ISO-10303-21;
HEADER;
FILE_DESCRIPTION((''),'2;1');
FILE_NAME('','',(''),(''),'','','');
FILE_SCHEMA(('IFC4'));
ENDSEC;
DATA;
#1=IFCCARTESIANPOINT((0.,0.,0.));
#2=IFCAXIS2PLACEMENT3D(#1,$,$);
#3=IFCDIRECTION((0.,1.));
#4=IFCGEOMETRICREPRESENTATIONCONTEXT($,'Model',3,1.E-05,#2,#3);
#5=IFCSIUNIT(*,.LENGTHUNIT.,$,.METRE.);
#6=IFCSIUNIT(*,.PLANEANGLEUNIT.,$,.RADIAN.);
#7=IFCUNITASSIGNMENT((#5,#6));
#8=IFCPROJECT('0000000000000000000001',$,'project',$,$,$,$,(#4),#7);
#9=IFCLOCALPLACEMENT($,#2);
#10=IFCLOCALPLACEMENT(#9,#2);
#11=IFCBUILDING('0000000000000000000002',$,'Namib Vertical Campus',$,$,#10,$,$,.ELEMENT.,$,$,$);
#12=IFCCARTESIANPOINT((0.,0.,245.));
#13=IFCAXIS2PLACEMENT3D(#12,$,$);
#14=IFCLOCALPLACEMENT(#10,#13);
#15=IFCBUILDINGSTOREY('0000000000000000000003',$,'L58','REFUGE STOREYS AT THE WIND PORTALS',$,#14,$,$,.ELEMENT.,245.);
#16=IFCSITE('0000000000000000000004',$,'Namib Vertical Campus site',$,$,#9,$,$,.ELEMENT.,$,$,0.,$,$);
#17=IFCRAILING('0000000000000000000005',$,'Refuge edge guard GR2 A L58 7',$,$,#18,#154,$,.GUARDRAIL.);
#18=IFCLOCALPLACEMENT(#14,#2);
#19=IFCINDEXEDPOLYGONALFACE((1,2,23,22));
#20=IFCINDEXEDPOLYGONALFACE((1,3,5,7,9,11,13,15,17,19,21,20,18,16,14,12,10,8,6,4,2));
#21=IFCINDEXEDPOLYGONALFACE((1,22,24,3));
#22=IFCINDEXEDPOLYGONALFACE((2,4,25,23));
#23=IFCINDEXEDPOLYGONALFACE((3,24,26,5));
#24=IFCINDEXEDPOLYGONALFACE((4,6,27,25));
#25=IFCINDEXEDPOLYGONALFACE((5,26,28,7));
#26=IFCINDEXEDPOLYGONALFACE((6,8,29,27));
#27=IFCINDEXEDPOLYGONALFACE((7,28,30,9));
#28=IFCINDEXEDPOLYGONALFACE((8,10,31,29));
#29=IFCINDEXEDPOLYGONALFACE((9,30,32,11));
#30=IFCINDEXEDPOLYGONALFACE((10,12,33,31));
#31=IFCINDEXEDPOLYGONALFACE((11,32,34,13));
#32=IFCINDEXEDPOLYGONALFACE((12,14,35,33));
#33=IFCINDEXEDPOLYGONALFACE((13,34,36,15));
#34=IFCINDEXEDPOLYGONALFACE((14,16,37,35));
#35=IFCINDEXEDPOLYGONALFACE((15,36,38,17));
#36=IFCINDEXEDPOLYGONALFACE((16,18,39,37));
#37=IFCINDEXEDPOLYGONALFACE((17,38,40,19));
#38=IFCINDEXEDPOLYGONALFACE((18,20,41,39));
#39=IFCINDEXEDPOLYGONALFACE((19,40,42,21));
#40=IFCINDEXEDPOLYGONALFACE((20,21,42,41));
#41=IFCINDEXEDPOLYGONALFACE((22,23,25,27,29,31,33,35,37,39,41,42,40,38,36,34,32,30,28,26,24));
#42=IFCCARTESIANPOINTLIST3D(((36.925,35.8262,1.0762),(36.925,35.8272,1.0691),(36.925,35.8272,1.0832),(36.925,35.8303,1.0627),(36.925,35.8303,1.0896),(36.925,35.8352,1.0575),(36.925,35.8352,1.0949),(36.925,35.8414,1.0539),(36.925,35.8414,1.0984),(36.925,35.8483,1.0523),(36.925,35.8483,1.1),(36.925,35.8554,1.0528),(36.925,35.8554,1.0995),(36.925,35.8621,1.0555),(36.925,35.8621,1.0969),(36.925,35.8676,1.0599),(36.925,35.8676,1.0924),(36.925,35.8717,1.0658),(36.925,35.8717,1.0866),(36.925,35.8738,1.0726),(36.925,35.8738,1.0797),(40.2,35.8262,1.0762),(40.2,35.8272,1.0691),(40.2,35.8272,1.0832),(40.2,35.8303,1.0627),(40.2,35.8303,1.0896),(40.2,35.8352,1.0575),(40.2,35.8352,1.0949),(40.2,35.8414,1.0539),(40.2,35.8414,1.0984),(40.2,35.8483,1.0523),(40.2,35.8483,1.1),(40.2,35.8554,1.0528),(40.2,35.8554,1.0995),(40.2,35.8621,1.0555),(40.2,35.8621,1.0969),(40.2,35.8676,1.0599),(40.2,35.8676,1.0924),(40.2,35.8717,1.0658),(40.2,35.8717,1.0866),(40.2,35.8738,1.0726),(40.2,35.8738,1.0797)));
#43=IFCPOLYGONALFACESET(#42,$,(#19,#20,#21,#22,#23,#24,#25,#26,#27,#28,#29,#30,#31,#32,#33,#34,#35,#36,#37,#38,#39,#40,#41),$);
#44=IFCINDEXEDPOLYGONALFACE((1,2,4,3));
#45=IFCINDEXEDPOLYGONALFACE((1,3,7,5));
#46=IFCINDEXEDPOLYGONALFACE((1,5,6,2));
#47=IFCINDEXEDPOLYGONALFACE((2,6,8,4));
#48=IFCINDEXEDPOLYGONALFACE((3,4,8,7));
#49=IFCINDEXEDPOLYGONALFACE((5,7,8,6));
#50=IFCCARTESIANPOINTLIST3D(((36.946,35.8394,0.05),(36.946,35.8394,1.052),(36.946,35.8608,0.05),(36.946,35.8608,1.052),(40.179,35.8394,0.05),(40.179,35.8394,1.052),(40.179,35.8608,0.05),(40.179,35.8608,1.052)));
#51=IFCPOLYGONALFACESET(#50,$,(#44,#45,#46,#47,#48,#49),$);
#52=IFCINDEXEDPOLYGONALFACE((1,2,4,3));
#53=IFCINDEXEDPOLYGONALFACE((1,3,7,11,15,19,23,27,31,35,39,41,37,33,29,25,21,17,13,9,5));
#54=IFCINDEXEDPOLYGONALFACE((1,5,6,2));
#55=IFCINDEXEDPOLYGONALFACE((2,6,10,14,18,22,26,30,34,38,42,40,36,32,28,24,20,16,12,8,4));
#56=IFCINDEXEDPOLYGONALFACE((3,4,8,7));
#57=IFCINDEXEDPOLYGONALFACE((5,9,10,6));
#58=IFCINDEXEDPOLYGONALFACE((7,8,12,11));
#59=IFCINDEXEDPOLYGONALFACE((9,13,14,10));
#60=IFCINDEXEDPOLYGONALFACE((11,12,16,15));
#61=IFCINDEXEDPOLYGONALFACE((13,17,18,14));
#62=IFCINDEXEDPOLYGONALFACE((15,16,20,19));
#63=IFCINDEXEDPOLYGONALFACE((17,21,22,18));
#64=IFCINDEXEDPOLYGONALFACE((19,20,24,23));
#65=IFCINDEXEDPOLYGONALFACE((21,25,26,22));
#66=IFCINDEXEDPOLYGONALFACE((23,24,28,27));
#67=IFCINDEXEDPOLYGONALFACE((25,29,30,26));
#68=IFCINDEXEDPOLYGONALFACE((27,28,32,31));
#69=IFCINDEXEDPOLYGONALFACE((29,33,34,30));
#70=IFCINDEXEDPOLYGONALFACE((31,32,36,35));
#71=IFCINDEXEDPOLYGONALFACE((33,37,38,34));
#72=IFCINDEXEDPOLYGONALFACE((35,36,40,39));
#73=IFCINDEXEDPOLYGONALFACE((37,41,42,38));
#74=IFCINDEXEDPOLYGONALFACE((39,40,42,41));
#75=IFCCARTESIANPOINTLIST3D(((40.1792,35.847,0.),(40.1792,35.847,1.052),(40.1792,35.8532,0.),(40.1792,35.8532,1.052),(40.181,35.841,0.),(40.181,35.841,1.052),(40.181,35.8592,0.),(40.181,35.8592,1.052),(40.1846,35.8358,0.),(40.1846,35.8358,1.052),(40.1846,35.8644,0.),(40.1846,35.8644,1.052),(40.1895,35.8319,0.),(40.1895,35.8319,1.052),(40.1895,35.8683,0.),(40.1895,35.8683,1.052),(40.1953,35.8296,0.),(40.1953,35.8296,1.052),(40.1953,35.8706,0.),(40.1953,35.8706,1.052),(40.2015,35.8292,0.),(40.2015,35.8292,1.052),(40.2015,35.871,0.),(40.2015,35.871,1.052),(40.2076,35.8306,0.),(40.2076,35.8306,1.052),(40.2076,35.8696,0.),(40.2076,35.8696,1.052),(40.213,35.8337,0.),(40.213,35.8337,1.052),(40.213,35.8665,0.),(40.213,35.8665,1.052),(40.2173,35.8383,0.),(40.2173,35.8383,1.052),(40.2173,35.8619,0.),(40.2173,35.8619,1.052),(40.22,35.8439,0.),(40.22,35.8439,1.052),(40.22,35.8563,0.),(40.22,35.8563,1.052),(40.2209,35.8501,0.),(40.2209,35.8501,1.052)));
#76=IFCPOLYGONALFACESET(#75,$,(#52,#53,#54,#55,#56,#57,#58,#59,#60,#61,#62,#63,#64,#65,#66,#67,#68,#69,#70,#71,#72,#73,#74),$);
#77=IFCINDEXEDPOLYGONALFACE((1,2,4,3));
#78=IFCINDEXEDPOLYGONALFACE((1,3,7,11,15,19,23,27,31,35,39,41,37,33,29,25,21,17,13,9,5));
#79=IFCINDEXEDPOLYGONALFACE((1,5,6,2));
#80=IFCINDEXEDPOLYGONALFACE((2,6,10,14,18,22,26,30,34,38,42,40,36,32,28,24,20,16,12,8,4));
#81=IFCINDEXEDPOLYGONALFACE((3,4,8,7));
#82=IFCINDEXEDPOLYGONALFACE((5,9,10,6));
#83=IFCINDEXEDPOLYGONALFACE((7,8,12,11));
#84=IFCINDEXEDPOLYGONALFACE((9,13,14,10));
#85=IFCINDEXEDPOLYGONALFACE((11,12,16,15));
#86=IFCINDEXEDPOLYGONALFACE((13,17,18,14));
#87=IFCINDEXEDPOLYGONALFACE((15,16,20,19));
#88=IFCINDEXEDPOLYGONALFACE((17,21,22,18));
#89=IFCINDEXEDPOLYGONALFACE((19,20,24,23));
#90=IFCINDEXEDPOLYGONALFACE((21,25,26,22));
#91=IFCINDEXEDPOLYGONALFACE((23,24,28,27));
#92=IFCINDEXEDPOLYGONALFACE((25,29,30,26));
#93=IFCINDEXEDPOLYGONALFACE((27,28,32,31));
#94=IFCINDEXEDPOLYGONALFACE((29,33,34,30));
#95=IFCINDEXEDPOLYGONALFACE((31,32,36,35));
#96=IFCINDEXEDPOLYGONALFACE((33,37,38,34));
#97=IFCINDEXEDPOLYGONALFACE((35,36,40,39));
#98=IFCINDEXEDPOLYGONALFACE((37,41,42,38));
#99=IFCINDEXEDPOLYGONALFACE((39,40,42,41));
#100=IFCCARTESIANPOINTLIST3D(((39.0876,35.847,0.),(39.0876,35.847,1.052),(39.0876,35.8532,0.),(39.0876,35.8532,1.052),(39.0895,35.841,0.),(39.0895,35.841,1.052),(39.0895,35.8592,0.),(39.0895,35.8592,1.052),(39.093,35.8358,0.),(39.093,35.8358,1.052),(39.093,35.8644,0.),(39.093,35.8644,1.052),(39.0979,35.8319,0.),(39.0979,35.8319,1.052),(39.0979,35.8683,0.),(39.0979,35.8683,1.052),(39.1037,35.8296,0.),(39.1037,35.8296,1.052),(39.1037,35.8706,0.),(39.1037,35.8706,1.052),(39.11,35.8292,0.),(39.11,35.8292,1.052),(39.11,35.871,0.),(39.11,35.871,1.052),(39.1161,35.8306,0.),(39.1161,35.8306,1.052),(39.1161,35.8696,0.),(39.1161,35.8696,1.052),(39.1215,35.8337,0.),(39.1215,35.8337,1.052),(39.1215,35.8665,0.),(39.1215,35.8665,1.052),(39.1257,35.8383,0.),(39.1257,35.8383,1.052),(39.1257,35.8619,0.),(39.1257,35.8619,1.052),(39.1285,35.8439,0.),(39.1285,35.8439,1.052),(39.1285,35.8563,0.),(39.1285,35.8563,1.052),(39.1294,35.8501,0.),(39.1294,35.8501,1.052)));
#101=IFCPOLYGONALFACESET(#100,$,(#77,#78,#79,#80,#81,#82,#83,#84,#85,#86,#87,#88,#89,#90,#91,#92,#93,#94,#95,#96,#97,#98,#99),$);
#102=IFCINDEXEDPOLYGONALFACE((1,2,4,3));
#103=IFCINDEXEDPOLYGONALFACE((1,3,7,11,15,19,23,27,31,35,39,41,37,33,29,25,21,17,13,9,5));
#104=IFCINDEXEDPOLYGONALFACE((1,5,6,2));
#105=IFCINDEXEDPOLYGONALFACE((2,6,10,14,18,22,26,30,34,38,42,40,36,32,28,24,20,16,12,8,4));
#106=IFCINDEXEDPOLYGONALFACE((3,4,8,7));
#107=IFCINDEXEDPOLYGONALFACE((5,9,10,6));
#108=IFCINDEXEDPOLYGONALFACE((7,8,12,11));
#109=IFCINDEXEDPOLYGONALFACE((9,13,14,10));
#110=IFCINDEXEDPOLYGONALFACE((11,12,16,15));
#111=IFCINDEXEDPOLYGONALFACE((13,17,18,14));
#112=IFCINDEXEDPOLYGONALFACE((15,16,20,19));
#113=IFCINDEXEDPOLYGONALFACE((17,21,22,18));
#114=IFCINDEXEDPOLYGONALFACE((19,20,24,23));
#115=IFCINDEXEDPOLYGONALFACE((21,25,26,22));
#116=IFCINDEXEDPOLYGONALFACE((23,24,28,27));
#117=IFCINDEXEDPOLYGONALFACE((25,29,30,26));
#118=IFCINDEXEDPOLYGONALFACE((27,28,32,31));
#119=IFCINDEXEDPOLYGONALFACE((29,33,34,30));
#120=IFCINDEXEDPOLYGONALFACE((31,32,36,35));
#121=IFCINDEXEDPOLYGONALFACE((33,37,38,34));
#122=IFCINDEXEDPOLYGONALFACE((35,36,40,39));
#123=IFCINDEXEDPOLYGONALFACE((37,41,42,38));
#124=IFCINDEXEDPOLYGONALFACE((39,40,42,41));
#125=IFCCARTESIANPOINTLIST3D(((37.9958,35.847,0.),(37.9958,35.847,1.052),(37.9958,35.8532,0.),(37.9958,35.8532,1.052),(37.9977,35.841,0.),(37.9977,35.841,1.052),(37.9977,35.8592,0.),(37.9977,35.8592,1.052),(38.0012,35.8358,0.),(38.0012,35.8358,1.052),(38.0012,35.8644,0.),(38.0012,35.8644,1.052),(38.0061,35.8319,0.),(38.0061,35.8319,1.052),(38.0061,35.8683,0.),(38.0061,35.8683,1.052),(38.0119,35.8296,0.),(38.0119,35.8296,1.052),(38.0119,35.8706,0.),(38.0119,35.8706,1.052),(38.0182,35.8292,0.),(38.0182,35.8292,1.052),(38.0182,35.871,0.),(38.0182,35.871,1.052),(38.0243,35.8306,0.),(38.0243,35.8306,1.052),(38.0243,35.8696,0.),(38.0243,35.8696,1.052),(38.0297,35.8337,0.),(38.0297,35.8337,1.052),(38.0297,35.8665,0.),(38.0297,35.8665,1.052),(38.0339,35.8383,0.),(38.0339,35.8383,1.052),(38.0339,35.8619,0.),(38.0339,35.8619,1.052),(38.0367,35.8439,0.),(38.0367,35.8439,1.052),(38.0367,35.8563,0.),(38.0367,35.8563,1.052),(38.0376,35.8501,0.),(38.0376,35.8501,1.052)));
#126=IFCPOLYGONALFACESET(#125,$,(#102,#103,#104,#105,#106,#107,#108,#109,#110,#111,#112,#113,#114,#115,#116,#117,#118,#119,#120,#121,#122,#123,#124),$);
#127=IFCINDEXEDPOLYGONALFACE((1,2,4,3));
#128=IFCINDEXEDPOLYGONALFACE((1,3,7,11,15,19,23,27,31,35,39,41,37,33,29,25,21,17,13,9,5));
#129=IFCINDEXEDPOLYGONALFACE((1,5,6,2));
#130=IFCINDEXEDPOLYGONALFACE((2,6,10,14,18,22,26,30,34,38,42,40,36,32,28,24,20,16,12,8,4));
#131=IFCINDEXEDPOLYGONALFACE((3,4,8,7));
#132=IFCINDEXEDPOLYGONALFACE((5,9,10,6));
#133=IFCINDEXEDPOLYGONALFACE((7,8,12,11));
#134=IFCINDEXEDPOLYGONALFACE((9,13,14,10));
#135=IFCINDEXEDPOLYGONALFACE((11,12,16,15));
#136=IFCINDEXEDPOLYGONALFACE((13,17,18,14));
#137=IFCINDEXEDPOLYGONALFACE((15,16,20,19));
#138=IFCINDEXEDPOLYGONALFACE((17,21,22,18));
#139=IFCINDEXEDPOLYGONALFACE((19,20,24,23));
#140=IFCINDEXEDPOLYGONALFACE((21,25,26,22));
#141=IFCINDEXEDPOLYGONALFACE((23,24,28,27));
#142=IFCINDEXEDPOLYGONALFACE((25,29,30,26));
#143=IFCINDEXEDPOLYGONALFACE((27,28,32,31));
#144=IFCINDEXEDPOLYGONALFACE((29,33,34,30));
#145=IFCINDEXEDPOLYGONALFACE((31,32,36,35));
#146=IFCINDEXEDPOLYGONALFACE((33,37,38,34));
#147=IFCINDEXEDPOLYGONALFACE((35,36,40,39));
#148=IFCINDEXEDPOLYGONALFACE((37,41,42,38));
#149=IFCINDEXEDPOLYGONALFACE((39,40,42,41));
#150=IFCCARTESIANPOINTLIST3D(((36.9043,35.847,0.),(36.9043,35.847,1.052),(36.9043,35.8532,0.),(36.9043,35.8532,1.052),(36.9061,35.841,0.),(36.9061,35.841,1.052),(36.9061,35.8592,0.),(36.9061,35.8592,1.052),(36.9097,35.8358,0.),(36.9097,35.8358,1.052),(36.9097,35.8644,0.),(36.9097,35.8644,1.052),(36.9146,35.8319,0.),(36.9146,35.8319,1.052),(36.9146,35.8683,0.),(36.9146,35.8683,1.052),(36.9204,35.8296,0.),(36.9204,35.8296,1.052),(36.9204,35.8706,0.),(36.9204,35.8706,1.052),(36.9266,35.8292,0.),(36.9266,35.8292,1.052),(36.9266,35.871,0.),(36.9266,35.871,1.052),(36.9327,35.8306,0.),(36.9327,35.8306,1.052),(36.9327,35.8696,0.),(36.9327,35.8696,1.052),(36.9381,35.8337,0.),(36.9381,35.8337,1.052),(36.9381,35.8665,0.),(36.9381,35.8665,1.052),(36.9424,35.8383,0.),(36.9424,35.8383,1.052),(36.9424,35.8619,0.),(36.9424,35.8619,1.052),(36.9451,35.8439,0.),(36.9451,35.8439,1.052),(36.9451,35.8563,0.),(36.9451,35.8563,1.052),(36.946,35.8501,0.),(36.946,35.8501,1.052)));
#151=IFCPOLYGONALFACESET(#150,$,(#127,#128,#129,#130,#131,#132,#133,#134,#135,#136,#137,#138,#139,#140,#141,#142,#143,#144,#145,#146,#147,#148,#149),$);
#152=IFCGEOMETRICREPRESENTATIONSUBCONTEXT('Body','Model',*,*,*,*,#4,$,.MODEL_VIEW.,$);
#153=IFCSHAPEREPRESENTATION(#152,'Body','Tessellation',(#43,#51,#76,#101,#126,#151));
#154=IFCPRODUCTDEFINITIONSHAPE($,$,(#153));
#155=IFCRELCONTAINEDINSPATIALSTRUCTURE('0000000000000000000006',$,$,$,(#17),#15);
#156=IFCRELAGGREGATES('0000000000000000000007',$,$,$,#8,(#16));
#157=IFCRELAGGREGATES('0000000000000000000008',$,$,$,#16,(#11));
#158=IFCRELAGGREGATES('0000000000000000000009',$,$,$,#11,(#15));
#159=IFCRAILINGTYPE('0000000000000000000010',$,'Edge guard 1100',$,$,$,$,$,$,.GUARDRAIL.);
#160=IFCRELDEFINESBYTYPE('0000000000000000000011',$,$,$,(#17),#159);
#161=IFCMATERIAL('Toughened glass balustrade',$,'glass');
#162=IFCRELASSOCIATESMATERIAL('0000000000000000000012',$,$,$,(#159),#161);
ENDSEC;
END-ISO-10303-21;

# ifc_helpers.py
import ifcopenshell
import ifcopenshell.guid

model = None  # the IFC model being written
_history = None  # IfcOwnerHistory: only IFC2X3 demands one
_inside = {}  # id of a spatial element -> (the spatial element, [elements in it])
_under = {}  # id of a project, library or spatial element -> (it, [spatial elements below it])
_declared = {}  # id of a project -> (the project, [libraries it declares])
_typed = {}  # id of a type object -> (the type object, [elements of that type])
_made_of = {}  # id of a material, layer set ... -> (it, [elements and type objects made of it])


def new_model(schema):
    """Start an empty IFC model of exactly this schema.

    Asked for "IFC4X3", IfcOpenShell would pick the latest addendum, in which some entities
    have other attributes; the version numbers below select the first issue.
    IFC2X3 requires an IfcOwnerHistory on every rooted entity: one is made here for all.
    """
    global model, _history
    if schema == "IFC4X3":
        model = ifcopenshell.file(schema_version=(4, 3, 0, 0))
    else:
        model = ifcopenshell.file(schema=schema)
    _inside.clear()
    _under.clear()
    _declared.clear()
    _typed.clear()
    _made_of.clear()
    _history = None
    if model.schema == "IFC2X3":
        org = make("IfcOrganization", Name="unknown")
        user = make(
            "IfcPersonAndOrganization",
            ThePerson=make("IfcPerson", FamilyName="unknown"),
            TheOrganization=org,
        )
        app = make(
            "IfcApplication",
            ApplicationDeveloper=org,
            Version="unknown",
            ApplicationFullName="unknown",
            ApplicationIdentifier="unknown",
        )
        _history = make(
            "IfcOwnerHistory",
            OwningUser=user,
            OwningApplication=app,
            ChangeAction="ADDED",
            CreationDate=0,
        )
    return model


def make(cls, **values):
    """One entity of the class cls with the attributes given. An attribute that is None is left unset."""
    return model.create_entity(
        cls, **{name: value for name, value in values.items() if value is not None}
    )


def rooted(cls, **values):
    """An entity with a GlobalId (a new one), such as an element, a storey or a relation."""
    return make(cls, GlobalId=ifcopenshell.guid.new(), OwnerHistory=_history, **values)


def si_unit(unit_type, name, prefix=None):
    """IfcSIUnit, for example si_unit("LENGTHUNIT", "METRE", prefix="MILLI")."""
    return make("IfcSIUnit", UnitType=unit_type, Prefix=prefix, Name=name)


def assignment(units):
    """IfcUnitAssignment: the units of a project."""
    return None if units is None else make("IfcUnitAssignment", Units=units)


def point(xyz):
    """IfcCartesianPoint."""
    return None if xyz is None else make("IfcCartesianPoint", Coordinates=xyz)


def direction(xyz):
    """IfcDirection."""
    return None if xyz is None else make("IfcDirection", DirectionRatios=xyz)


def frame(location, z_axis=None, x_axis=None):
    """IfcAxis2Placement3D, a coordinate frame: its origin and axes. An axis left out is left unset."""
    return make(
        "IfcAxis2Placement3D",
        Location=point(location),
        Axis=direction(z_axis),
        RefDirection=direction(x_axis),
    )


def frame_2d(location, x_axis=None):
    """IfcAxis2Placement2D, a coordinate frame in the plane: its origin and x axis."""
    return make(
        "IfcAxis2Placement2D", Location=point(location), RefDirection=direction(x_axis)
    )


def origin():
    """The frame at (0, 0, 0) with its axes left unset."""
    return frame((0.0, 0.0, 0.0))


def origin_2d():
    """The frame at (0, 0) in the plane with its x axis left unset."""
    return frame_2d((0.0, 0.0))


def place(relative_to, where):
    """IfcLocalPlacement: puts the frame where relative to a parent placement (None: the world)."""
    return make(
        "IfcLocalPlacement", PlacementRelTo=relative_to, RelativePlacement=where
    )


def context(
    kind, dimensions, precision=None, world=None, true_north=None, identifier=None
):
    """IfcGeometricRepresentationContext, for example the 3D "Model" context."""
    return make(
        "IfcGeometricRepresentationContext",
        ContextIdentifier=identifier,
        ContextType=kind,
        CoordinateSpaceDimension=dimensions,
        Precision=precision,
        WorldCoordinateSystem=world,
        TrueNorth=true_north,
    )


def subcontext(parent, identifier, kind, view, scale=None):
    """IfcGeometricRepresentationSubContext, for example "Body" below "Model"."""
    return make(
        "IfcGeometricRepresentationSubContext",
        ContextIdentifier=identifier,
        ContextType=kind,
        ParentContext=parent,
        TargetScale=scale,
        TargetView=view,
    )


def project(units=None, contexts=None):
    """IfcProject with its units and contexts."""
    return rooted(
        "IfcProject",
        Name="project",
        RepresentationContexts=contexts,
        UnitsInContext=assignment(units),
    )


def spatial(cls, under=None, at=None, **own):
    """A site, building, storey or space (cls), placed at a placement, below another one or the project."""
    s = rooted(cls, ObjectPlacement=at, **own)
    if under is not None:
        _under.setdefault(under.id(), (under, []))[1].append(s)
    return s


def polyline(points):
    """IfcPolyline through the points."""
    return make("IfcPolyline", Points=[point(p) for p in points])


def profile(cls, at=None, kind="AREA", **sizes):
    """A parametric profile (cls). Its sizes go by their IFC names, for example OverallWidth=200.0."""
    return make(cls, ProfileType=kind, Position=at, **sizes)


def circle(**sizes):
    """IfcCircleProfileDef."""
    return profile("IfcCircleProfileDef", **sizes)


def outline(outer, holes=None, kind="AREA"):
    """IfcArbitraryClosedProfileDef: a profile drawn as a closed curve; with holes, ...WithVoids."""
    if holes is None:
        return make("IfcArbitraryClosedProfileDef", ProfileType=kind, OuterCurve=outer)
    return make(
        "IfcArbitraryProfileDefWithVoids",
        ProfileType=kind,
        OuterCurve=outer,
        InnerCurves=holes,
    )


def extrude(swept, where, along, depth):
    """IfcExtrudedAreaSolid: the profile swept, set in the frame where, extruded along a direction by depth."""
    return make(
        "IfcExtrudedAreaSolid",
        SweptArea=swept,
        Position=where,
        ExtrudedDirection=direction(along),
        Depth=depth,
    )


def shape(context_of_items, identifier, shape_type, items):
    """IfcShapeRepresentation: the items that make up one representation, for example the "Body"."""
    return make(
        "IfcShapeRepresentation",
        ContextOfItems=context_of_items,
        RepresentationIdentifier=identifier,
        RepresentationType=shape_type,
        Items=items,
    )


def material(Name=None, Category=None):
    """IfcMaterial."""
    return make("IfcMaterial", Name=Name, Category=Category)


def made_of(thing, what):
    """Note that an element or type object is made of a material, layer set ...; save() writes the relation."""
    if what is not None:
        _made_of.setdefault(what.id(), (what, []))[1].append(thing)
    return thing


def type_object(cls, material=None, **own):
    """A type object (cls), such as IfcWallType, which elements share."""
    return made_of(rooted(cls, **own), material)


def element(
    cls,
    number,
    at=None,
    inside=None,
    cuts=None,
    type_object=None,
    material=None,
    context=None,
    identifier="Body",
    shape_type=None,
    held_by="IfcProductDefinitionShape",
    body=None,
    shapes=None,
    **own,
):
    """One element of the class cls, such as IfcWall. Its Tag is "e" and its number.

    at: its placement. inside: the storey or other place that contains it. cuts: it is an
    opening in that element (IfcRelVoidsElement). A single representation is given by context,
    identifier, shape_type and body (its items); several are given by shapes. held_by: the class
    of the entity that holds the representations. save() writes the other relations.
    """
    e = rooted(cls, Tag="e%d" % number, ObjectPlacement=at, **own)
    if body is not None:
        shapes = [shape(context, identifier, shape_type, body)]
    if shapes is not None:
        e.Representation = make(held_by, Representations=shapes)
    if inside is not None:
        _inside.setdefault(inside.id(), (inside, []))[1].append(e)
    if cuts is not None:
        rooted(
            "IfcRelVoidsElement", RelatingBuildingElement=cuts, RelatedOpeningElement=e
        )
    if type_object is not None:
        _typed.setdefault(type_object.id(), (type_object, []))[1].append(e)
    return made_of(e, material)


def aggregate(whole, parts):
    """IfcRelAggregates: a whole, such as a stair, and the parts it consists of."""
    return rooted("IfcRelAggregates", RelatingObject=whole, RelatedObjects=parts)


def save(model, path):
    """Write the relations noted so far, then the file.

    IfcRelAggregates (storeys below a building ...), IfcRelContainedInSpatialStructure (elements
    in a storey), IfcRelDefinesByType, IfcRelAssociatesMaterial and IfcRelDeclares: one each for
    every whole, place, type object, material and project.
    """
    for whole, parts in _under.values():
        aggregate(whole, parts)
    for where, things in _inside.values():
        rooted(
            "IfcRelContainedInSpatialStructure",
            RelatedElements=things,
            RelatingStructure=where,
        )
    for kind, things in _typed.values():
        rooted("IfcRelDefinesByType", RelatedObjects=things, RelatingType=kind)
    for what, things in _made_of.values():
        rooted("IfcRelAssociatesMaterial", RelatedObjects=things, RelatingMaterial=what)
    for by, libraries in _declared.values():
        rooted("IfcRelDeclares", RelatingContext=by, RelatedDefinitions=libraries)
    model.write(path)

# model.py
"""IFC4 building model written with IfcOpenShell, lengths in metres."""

from ifc_helpers import new_model, si_unit, direction, frame, origin, origin_2d, place, context, subcontext, project, spatial, polyline, circle, outline, extrude, material, type_object, element, save


model = new_model("IFC4")

# Units and contexts
model_context = context("Model", 3, precision=1e-05, world=origin(), true_north=direction((0.0, 1.0)))
body_context = subcontext(model_context, "Body", "Model", "MODEL_VIEW")
ifc_project = project(units=[si_unit("LENGTHUNIT", "METRE"), si_unit("PLANEANGLEUNIT", "RADIAN")], contexts=[model_context])

# Site, building, storey
site_placement = place(None, origin())
site = spatial("IfcSite", under=ifc_project, at=site_placement, Name="Namib Vertical Campus site", CompositionType="ELEMENT", RefElevation=0.0)
building_placement = place(site_placement, origin())
building = spatial("IfcBuilding", under=site, at=building_placement, Name="Namib Vertical Campus", CompositionType="ELEMENT")
storey_placement = place(building_placement, frame((0.0, 0.0, 245.0)))
storey = spatial("IfcBuildingStorey", under=building, at=storey_placement, Name="L58", Description="REFUGE STOREYS AT THE WIND PORTALS", CompositionType="ELEMENT", Elevation=245.0)

# Railing
ifc_material_1 = material(Name="Toughened glass balustrade", Category="glass")
railing_type = type_object("IfcRailingType", Name="Edge guard 1100", PredefinedType="GUARDRAIL", material=ifc_material_1)
railing_1_placement = place(storey_placement, frame((40.2, 35.8501, 0.0)))
element("IfcRailing", 1, at=railing_1_placement, inside=storey, type_object=railing_type, Name="Refuge edge guard GR2 A L58 7", PredefinedType="GUARDRAIL", context=body_context, shape_type="SweptSolid", body=[
    extrude(circle(Radius=0.0239, at=origin_2d()), frame((0.0, 0.0, 1.0762), z_axis=(-1.0, 0.0, 0.0), x_axis=(0.0, -1.0, 0.0)), (0.0, 0.0, 1.0), 3.2749),
    extrude(outline(polyline([(0.021, 0.05), (3.2539, 0.05), (3.2539, 1.052), (0.021, 1.052), (0.021, 0.05)])), frame((0.0, -0.0107, 0.0), z_axis=(0.0, 1.0, 0.0), x_axis=(-1.0, 0.0, 0.0)), (0.0, 0.0, 1.0), 0.0215),
    extrude(circle(Radius=0.021, at=origin_2d()), origin(), (0.0, 0.0, 1.0), 1.052),
    extrude(circle(Radius=0.021, at=origin_2d()), frame((-1.0916, 0.0, 0.0)), (0.0, 0.0, 1.0), 1.052),
    extrude(circle(Radius=0.021, at=origin_2d()), frame((-2.1833, 0.0, 0.0)), (0.0, 0.0, 1.0), 1.052),
    extrude(circle(Radius=0.021, at=origin_2d()), frame((-3.2749, 0.0, 0.0)), (0.0, 0.0, 1.0), 1.052),
])

save(model, "model.ifc")
